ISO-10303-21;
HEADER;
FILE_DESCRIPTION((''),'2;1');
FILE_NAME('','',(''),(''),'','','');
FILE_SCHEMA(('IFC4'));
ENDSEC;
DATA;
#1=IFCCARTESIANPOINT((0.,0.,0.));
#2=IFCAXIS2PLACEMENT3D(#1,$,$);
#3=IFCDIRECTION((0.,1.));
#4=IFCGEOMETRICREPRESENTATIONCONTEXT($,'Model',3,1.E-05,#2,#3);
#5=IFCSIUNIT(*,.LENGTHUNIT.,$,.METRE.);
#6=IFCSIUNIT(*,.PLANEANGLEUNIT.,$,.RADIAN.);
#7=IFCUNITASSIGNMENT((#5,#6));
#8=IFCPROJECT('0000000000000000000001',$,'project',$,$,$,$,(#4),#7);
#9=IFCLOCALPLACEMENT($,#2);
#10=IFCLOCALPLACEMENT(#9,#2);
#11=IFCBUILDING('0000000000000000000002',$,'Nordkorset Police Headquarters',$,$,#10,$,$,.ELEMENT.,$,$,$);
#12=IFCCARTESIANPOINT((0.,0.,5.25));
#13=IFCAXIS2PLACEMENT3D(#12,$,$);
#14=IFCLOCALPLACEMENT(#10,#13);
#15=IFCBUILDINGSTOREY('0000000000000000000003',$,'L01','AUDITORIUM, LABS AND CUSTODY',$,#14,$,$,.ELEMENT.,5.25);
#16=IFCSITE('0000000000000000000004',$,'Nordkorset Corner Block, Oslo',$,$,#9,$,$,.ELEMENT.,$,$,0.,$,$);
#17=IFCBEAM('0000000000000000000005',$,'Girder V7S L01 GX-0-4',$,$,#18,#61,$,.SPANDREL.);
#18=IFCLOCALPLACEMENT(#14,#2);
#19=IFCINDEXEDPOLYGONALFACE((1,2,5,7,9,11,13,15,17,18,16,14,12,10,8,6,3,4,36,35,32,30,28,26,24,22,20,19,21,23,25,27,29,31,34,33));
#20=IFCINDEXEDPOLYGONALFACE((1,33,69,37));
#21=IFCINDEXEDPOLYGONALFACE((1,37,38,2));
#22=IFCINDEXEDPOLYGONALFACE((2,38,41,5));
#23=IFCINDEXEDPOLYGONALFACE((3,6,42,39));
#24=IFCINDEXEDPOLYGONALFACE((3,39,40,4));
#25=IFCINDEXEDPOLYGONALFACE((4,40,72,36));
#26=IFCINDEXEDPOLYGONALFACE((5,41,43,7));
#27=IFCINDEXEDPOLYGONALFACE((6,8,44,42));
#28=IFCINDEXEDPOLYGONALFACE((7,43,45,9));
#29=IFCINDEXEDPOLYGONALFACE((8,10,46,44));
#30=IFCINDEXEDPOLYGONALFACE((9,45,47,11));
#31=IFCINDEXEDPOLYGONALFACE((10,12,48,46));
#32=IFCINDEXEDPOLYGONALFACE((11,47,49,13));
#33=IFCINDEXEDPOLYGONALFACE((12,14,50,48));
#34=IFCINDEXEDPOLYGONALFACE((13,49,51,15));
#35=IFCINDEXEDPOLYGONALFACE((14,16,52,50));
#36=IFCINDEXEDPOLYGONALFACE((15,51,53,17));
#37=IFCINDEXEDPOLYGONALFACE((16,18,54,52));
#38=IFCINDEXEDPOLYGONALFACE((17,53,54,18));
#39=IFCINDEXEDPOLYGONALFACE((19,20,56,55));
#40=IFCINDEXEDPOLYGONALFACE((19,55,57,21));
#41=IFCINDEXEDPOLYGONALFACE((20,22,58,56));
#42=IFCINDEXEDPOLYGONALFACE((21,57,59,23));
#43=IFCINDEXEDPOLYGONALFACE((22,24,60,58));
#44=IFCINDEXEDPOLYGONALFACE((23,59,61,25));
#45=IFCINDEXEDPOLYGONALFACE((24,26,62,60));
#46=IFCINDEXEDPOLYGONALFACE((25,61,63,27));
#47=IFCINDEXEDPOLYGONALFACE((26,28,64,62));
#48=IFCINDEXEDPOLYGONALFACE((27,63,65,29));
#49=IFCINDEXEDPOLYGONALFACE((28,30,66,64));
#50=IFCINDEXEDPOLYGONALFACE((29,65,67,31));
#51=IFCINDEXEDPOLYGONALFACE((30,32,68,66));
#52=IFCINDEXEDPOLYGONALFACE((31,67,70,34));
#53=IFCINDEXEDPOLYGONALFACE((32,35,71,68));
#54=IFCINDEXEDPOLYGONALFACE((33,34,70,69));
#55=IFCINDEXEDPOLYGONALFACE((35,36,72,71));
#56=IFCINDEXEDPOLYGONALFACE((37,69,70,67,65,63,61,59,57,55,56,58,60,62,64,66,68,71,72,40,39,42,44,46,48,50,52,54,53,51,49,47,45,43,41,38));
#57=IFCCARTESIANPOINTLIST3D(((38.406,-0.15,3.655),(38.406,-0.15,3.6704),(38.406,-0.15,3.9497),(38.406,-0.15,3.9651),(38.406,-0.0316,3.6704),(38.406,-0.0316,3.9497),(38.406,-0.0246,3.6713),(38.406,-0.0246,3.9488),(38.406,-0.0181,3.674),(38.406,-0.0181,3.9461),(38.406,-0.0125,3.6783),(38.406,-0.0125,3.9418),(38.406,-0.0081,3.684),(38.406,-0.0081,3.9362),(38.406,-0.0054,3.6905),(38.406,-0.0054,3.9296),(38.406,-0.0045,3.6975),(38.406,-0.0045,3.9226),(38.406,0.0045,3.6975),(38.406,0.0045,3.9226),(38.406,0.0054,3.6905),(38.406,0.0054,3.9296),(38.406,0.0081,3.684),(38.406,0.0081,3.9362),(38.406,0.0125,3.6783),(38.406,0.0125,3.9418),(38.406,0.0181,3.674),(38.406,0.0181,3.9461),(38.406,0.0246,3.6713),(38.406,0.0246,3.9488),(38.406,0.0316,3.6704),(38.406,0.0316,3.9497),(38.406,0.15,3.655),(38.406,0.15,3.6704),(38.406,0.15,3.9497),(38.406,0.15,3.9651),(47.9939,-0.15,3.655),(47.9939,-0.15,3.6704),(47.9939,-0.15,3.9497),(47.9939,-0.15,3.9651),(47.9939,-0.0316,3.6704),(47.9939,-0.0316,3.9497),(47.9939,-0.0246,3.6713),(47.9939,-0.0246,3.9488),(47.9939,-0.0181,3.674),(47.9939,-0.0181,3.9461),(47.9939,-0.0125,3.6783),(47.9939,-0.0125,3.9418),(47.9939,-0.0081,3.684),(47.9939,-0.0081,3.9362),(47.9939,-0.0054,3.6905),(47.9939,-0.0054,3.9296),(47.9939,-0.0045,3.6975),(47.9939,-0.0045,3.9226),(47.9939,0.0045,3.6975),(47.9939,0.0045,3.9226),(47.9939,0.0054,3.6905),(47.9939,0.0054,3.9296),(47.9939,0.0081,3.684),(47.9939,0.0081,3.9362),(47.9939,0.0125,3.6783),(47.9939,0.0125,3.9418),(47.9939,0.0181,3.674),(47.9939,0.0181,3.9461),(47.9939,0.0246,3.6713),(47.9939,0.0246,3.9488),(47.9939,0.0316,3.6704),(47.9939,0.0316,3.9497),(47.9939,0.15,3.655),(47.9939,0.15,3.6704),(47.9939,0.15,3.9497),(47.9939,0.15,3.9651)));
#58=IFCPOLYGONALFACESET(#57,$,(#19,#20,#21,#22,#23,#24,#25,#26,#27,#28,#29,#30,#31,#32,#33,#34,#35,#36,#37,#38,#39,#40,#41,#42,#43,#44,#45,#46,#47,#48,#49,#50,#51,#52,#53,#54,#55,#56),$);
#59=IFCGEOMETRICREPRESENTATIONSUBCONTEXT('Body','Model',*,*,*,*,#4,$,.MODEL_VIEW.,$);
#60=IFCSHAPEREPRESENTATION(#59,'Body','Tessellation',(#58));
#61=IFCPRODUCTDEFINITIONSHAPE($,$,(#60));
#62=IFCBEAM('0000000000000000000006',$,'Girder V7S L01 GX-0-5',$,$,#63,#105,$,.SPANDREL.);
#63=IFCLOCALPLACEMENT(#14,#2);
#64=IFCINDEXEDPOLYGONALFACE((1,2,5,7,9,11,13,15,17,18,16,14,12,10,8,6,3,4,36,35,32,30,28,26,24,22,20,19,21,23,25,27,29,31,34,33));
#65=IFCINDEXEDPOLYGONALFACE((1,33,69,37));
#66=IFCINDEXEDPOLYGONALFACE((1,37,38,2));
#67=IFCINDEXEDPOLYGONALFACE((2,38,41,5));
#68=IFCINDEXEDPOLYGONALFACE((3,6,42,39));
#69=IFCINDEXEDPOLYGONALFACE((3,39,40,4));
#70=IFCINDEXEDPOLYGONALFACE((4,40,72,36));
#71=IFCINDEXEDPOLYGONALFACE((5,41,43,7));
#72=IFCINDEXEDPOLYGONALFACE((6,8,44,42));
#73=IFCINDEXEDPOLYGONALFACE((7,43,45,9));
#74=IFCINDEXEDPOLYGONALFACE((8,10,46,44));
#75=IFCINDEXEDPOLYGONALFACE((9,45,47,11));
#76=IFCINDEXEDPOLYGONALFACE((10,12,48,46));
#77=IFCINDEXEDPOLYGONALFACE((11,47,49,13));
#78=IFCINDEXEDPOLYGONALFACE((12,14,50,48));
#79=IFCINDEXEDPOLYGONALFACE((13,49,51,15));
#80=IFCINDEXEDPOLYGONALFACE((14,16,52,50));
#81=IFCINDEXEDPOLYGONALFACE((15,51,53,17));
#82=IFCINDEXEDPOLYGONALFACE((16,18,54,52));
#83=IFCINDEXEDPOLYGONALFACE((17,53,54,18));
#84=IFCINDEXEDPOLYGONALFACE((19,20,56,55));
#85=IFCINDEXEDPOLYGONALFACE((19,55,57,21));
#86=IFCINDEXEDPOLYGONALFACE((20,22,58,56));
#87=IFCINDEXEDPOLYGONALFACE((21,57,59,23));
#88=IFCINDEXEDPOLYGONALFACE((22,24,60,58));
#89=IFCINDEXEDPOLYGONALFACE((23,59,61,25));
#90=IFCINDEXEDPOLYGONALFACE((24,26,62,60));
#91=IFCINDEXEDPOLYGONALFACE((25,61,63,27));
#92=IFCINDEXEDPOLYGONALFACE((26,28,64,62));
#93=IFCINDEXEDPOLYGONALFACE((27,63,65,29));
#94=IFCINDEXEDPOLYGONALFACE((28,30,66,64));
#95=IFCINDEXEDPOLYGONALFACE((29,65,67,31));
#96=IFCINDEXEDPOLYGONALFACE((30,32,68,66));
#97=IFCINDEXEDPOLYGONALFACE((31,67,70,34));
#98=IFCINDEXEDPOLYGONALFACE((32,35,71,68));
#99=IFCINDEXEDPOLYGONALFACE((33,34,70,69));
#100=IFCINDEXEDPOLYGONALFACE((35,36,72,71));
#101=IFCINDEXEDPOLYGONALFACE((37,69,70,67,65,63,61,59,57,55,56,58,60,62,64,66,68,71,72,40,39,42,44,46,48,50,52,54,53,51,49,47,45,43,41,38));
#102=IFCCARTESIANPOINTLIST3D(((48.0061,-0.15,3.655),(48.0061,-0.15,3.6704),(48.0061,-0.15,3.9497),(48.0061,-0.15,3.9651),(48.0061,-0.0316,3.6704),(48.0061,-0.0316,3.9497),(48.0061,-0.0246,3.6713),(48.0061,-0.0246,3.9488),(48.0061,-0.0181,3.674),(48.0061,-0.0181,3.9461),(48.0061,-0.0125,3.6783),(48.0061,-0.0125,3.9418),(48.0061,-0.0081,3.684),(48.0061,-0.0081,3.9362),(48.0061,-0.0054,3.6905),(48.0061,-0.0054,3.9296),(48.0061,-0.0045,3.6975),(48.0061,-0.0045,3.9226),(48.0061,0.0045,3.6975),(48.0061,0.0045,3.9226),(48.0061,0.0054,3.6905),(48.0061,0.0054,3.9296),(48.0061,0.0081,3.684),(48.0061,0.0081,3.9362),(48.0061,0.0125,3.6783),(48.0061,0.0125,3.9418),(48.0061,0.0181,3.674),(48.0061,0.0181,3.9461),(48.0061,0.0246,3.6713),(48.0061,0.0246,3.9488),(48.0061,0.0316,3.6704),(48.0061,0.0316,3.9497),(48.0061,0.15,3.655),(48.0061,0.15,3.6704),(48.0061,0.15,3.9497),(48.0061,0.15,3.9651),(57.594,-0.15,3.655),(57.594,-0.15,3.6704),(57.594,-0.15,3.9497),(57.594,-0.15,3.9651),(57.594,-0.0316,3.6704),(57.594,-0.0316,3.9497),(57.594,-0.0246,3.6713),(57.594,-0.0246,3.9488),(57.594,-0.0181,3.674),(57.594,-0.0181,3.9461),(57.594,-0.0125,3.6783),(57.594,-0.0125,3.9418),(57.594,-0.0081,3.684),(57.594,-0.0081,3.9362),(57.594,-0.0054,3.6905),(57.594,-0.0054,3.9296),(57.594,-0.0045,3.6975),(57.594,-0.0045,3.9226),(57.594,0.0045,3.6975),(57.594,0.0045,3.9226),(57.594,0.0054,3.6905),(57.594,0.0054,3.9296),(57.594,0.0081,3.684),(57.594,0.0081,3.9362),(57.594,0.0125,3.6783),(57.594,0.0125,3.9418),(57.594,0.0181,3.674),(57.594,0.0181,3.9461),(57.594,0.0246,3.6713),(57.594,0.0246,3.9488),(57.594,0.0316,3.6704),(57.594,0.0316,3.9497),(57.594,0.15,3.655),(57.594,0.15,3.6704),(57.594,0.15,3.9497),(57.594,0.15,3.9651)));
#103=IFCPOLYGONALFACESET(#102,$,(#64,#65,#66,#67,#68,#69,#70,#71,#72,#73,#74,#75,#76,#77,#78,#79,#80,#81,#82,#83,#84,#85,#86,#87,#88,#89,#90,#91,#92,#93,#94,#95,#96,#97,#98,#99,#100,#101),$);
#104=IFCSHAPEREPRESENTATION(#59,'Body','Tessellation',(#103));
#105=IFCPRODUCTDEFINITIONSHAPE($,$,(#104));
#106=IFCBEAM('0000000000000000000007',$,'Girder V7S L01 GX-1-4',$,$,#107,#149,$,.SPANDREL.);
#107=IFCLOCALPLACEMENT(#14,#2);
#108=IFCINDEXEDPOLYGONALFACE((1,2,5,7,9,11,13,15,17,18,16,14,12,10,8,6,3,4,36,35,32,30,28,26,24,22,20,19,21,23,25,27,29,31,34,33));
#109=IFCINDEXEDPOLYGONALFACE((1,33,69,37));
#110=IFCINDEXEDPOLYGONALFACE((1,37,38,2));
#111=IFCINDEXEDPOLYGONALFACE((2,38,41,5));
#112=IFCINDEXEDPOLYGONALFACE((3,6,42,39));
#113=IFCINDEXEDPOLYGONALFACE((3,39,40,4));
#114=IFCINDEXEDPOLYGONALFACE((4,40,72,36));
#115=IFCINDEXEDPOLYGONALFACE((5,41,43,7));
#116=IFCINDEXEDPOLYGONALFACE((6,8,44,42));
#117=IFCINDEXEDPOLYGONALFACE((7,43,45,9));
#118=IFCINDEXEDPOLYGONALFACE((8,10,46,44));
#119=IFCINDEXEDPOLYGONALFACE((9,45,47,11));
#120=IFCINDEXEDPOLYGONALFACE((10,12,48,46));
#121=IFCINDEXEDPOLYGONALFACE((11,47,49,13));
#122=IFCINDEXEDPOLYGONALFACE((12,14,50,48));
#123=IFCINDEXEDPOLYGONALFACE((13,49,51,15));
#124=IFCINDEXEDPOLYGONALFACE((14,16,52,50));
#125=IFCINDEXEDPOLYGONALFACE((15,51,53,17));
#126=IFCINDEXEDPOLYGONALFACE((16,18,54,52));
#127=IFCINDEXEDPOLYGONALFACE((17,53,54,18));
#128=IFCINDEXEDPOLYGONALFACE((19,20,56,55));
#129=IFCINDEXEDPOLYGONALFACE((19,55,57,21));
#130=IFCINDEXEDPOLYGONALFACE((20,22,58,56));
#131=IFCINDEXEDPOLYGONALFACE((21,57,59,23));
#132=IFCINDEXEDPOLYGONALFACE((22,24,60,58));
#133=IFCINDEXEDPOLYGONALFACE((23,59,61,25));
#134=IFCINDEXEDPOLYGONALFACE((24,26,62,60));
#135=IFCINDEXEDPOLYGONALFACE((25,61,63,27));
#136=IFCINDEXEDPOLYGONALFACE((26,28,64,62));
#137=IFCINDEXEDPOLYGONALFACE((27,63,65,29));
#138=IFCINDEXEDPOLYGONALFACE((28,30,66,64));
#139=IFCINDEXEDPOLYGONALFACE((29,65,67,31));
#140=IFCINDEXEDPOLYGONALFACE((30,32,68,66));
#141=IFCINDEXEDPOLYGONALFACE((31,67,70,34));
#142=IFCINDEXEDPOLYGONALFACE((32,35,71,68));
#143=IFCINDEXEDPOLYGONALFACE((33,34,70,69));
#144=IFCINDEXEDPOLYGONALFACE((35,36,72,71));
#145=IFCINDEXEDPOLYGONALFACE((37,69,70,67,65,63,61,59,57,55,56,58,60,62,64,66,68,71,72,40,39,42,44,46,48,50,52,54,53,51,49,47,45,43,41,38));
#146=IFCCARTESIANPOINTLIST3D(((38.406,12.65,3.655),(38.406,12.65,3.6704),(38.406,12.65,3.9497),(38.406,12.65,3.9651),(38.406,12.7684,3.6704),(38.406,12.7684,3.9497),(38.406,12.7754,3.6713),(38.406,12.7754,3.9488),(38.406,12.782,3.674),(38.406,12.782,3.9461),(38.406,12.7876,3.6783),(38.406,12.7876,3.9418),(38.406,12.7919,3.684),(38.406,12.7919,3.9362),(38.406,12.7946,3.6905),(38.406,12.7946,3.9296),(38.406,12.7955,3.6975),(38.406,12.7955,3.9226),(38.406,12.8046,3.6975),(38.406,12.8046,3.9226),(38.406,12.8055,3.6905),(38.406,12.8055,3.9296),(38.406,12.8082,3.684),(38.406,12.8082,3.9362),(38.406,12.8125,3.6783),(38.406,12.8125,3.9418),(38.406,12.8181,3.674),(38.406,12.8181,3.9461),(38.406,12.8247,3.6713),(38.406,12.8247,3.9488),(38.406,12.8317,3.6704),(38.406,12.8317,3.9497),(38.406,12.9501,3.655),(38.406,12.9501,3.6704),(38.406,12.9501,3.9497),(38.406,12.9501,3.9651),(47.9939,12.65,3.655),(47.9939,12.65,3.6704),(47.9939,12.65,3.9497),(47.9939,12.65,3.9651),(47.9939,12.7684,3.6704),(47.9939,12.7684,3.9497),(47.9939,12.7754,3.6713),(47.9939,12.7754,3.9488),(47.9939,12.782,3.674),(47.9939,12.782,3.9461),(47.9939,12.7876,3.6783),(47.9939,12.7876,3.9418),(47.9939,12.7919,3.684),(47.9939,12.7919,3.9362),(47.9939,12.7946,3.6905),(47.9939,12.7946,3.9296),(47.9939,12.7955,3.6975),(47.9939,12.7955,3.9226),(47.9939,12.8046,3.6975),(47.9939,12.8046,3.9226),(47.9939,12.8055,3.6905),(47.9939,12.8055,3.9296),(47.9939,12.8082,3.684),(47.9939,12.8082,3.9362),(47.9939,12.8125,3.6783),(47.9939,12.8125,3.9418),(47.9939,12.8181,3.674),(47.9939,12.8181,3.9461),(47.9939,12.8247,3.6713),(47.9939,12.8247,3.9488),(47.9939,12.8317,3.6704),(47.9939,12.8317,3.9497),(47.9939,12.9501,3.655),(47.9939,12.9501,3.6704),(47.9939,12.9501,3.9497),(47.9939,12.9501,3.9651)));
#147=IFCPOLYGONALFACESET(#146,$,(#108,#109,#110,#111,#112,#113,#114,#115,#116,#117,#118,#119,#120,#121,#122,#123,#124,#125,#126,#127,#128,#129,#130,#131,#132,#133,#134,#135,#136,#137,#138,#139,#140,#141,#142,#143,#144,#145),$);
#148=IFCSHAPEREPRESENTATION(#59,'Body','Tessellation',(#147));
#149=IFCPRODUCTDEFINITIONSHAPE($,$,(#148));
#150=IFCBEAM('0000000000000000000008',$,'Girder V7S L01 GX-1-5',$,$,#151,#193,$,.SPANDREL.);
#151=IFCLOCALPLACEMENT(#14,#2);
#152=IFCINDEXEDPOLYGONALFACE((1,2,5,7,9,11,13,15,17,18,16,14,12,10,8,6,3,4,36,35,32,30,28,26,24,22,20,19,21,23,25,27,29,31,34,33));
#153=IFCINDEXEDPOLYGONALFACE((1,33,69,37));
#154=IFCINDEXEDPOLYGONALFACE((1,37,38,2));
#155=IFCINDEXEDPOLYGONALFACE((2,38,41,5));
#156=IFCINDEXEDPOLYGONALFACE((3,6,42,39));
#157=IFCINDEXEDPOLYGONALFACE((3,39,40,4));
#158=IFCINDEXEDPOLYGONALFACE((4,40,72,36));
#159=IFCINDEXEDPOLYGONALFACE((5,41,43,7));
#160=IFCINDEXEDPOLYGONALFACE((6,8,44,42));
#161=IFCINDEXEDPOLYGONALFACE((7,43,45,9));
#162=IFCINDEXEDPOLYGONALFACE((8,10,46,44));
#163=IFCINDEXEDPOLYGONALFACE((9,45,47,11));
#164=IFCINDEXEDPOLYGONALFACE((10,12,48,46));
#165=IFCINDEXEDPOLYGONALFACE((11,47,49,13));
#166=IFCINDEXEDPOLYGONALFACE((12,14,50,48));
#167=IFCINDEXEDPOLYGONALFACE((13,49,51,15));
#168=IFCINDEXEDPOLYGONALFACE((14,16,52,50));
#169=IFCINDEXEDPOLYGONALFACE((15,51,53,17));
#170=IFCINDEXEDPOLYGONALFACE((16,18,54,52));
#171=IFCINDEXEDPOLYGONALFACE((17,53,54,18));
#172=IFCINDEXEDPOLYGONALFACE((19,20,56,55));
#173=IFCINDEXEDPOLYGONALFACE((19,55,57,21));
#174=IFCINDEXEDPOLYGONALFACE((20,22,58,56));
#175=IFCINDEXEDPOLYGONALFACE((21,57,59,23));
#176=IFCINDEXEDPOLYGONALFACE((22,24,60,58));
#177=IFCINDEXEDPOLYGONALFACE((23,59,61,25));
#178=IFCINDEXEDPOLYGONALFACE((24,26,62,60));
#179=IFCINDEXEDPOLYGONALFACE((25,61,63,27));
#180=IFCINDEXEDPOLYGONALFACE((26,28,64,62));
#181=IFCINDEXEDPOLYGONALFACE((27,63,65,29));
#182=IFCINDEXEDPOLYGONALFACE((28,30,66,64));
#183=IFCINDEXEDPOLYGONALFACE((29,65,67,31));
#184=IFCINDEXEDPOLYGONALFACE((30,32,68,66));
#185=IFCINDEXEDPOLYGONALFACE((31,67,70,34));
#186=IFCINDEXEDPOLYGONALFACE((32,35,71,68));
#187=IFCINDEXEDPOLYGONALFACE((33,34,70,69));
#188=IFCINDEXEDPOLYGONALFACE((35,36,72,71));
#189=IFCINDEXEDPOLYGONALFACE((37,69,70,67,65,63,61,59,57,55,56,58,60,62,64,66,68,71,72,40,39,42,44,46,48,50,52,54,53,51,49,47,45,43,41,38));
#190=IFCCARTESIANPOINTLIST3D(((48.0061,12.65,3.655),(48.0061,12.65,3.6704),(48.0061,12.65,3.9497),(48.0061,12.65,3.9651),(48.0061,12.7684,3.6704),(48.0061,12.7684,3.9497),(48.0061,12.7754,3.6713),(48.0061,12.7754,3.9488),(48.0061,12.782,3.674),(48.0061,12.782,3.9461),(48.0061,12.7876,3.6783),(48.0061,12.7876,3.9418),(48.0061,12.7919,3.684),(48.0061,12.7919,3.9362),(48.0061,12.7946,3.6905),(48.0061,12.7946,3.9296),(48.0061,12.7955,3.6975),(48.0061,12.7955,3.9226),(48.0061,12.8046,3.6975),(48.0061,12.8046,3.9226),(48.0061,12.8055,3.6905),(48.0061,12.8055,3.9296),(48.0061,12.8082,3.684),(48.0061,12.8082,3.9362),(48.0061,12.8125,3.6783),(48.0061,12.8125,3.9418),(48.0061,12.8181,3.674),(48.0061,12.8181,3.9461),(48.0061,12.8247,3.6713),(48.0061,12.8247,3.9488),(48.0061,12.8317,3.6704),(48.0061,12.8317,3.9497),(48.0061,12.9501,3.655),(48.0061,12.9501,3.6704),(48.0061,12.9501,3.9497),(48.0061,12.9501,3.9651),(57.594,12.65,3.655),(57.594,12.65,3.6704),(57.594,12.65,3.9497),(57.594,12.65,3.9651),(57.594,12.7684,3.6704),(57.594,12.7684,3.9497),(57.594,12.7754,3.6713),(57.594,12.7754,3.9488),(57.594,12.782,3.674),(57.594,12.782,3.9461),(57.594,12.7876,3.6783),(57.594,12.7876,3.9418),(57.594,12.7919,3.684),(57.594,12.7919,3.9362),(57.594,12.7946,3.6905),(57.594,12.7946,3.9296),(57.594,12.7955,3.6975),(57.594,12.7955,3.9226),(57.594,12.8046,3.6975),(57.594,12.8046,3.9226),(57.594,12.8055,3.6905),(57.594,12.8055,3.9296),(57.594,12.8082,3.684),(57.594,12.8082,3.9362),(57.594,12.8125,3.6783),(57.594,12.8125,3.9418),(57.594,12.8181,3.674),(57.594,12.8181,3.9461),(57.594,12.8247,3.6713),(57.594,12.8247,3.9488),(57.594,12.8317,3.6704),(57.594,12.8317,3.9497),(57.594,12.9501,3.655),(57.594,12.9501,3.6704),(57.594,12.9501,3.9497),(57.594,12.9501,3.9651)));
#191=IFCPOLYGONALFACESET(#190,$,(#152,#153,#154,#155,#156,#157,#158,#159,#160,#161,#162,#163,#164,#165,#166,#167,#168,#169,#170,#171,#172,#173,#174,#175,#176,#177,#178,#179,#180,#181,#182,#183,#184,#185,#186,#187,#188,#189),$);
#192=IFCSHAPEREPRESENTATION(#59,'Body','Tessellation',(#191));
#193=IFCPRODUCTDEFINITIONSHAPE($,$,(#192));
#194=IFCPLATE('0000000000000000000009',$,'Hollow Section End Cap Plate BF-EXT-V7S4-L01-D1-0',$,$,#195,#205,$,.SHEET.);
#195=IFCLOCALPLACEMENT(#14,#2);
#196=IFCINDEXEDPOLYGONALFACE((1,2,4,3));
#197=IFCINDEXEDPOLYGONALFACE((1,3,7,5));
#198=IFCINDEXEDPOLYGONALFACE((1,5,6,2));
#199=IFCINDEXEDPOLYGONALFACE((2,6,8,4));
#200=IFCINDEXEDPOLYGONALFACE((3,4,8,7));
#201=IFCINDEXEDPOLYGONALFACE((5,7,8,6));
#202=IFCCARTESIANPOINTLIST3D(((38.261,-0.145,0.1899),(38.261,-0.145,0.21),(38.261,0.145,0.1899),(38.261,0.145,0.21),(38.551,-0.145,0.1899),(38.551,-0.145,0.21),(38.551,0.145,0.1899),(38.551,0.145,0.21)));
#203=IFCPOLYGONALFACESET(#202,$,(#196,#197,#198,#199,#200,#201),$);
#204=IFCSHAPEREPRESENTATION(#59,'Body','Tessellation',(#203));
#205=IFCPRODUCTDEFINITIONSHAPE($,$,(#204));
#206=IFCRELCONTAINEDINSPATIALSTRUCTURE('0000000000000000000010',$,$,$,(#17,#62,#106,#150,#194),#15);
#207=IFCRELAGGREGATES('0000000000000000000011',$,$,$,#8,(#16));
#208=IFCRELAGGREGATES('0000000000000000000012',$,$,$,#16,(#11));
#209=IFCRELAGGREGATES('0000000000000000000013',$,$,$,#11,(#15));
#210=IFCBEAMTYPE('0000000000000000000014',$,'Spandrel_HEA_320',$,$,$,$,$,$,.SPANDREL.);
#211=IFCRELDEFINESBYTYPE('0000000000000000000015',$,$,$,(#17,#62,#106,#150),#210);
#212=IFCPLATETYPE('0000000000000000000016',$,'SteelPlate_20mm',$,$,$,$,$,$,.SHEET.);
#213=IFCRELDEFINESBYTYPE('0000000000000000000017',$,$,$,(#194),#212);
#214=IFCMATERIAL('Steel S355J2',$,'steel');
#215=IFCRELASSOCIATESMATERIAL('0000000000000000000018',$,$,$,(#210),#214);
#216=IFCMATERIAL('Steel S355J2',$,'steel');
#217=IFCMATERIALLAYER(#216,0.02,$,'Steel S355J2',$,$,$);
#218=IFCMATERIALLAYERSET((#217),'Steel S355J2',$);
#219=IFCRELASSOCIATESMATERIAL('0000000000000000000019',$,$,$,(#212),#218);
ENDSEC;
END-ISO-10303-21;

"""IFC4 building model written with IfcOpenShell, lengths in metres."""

from ifc_helpers import new_model, si_unit, direction, frame, origin, origin_2d, place, context, subcontext, project, spatial, rectangle, i_section, extrude, material, layer, layer_set, material_profile, profile_set, type_object, element, save


model = new_model("IFC4")

# Units and contexts
model_context = context("Model", 3, precision=1e-05, world=origin(), true_north=direction((0.0, 1.0)))
body_context = subcontext(model_context, "Body", "Model", "MODEL_VIEW")
ifc_project = project(units=[si_unit("LENGTHUNIT", "METRE"), si_unit("PLANEANGLEUNIT", "RADIAN")], contexts=[model_context])

# Site, building, storey
site_placement = place(None, origin())
site = spatial("IfcSite", under=ifc_project, at=site_placement, Name="Nordkorset Corner Block, Oslo", CompositionType="ELEMENT", RefElevation=0.0)
building_placement = place(site_placement, origin())
building = spatial("IfcBuilding", under=site, at=building_placement, Name="Nordkorset Police Headquarters", CompositionType="ELEMENT")
storey_placement = place(building_placement, frame((0.0, 0.0, 5.25)))
storey = spatial("IfcBuildingStorey", under=building, at=storey_placement, Name="L01", Description="AUDITORIUM, LABS AND CUSTODY", CompositionType="ELEMENT", Elevation=5.25)

# Beams
ifc_material_1 = material(Name="Steel S355J2", Category="steel")
ifc_material_profile_1 = material_profile(ifc_material_1, i_section(OverallWidth=0.3, OverallDepth=0.3101, WebThickness=0.009, FlangeThickness=0.0154, FilletRadius=0.0271, at=origin_2d()), Name="HEA 320")
ifc_profile_set_1 = profile_set([ifc_material_profile_1], Name="Steel S355J2")
beam_type_1 = type_object("IfcBeamType", Name="Spandrel_HEA_320", PredefinedType="SPANDREL", material=ifc_profile_set_1)
for number, where, z_axis, x_axis, name in (
    (1, (38.406, 0.0, 3.8101), (1.0, 0.0, 0.0), (0.0, 1.0, 0.0), "Girder V7S L01 GX-0-4"),
    (2, (48.0061, 0.0, 3.8101), (1.0, 0.0, 0.0), (0.0, 1.0, 0.0), "Girder V7S L01 GX-0-5"),
    (3, (38.406, 12.8, 3.8101), (1.0, 0.0, 0.0), (0.0, 1.0, 0.0), "Girder V7S L01 GX-1-4"),
    (4, (48.0061, 12.8, 3.8101), (1.0, 0.0, 0.0), (0.0, 1.0, 0.0), "Girder V7S L01 GX-1-5"),
):
    element("IfcBeam", number, at=place(storey_placement, frame(where, z_axis=z_axis, x_axis=x_axis)), inside=storey, type_object=beam_type_1, Name=name, PredefinedType="SPANDREL", context=body_context, shape_type="SweptSolid", body=[
        extrude(i_section(OverallWidth=0.3, OverallDepth=0.3101, WebThickness=0.009, FlangeThickness=0.0154, FilletRadius=0.0271, at=origin_2d()), origin(), (0.0, 0.0, 1.0), 9.5879),
    ])

# Plate
ifc_material_2 = material(Name="Steel S355J2", Category="steel")
ifc_layer_1 = layer(ifc_material_2, 0.02, Name="Steel S355J2")
ifc_layer_set_1 = layer_set([ifc_layer_1], Name="Steel S355J2")
plate_type = type_object("IfcPlateType", Name="SteelPlate_20mm", PredefinedType="SHEET", material=ifc_layer_set_1)
for number, where, z_axis, x_axis, name in (
    (5, (38.406, 0.0, 0.1899), (0.0, 0.0, 1.0), (1.0, 0.0, 0.0), "Hollow Section End Cap Plate BF-EXT-V7S4-L01-D1-0"),
):
    element("IfcPlate", number, at=place(storey_placement, frame(where, z_axis=z_axis, x_axis=x_axis)), inside=storey, type_object=plate_type, Name=name, PredefinedType="SHEET", context=body_context, shape_type="SweptSolid", body=[
        extrude(rectangle(XDim=0.29, YDim=0.29, at=origin_2d()), origin(), (0.0, 0.0, 1.0), 0.02),
    ])

save(model, "model.ifc")
